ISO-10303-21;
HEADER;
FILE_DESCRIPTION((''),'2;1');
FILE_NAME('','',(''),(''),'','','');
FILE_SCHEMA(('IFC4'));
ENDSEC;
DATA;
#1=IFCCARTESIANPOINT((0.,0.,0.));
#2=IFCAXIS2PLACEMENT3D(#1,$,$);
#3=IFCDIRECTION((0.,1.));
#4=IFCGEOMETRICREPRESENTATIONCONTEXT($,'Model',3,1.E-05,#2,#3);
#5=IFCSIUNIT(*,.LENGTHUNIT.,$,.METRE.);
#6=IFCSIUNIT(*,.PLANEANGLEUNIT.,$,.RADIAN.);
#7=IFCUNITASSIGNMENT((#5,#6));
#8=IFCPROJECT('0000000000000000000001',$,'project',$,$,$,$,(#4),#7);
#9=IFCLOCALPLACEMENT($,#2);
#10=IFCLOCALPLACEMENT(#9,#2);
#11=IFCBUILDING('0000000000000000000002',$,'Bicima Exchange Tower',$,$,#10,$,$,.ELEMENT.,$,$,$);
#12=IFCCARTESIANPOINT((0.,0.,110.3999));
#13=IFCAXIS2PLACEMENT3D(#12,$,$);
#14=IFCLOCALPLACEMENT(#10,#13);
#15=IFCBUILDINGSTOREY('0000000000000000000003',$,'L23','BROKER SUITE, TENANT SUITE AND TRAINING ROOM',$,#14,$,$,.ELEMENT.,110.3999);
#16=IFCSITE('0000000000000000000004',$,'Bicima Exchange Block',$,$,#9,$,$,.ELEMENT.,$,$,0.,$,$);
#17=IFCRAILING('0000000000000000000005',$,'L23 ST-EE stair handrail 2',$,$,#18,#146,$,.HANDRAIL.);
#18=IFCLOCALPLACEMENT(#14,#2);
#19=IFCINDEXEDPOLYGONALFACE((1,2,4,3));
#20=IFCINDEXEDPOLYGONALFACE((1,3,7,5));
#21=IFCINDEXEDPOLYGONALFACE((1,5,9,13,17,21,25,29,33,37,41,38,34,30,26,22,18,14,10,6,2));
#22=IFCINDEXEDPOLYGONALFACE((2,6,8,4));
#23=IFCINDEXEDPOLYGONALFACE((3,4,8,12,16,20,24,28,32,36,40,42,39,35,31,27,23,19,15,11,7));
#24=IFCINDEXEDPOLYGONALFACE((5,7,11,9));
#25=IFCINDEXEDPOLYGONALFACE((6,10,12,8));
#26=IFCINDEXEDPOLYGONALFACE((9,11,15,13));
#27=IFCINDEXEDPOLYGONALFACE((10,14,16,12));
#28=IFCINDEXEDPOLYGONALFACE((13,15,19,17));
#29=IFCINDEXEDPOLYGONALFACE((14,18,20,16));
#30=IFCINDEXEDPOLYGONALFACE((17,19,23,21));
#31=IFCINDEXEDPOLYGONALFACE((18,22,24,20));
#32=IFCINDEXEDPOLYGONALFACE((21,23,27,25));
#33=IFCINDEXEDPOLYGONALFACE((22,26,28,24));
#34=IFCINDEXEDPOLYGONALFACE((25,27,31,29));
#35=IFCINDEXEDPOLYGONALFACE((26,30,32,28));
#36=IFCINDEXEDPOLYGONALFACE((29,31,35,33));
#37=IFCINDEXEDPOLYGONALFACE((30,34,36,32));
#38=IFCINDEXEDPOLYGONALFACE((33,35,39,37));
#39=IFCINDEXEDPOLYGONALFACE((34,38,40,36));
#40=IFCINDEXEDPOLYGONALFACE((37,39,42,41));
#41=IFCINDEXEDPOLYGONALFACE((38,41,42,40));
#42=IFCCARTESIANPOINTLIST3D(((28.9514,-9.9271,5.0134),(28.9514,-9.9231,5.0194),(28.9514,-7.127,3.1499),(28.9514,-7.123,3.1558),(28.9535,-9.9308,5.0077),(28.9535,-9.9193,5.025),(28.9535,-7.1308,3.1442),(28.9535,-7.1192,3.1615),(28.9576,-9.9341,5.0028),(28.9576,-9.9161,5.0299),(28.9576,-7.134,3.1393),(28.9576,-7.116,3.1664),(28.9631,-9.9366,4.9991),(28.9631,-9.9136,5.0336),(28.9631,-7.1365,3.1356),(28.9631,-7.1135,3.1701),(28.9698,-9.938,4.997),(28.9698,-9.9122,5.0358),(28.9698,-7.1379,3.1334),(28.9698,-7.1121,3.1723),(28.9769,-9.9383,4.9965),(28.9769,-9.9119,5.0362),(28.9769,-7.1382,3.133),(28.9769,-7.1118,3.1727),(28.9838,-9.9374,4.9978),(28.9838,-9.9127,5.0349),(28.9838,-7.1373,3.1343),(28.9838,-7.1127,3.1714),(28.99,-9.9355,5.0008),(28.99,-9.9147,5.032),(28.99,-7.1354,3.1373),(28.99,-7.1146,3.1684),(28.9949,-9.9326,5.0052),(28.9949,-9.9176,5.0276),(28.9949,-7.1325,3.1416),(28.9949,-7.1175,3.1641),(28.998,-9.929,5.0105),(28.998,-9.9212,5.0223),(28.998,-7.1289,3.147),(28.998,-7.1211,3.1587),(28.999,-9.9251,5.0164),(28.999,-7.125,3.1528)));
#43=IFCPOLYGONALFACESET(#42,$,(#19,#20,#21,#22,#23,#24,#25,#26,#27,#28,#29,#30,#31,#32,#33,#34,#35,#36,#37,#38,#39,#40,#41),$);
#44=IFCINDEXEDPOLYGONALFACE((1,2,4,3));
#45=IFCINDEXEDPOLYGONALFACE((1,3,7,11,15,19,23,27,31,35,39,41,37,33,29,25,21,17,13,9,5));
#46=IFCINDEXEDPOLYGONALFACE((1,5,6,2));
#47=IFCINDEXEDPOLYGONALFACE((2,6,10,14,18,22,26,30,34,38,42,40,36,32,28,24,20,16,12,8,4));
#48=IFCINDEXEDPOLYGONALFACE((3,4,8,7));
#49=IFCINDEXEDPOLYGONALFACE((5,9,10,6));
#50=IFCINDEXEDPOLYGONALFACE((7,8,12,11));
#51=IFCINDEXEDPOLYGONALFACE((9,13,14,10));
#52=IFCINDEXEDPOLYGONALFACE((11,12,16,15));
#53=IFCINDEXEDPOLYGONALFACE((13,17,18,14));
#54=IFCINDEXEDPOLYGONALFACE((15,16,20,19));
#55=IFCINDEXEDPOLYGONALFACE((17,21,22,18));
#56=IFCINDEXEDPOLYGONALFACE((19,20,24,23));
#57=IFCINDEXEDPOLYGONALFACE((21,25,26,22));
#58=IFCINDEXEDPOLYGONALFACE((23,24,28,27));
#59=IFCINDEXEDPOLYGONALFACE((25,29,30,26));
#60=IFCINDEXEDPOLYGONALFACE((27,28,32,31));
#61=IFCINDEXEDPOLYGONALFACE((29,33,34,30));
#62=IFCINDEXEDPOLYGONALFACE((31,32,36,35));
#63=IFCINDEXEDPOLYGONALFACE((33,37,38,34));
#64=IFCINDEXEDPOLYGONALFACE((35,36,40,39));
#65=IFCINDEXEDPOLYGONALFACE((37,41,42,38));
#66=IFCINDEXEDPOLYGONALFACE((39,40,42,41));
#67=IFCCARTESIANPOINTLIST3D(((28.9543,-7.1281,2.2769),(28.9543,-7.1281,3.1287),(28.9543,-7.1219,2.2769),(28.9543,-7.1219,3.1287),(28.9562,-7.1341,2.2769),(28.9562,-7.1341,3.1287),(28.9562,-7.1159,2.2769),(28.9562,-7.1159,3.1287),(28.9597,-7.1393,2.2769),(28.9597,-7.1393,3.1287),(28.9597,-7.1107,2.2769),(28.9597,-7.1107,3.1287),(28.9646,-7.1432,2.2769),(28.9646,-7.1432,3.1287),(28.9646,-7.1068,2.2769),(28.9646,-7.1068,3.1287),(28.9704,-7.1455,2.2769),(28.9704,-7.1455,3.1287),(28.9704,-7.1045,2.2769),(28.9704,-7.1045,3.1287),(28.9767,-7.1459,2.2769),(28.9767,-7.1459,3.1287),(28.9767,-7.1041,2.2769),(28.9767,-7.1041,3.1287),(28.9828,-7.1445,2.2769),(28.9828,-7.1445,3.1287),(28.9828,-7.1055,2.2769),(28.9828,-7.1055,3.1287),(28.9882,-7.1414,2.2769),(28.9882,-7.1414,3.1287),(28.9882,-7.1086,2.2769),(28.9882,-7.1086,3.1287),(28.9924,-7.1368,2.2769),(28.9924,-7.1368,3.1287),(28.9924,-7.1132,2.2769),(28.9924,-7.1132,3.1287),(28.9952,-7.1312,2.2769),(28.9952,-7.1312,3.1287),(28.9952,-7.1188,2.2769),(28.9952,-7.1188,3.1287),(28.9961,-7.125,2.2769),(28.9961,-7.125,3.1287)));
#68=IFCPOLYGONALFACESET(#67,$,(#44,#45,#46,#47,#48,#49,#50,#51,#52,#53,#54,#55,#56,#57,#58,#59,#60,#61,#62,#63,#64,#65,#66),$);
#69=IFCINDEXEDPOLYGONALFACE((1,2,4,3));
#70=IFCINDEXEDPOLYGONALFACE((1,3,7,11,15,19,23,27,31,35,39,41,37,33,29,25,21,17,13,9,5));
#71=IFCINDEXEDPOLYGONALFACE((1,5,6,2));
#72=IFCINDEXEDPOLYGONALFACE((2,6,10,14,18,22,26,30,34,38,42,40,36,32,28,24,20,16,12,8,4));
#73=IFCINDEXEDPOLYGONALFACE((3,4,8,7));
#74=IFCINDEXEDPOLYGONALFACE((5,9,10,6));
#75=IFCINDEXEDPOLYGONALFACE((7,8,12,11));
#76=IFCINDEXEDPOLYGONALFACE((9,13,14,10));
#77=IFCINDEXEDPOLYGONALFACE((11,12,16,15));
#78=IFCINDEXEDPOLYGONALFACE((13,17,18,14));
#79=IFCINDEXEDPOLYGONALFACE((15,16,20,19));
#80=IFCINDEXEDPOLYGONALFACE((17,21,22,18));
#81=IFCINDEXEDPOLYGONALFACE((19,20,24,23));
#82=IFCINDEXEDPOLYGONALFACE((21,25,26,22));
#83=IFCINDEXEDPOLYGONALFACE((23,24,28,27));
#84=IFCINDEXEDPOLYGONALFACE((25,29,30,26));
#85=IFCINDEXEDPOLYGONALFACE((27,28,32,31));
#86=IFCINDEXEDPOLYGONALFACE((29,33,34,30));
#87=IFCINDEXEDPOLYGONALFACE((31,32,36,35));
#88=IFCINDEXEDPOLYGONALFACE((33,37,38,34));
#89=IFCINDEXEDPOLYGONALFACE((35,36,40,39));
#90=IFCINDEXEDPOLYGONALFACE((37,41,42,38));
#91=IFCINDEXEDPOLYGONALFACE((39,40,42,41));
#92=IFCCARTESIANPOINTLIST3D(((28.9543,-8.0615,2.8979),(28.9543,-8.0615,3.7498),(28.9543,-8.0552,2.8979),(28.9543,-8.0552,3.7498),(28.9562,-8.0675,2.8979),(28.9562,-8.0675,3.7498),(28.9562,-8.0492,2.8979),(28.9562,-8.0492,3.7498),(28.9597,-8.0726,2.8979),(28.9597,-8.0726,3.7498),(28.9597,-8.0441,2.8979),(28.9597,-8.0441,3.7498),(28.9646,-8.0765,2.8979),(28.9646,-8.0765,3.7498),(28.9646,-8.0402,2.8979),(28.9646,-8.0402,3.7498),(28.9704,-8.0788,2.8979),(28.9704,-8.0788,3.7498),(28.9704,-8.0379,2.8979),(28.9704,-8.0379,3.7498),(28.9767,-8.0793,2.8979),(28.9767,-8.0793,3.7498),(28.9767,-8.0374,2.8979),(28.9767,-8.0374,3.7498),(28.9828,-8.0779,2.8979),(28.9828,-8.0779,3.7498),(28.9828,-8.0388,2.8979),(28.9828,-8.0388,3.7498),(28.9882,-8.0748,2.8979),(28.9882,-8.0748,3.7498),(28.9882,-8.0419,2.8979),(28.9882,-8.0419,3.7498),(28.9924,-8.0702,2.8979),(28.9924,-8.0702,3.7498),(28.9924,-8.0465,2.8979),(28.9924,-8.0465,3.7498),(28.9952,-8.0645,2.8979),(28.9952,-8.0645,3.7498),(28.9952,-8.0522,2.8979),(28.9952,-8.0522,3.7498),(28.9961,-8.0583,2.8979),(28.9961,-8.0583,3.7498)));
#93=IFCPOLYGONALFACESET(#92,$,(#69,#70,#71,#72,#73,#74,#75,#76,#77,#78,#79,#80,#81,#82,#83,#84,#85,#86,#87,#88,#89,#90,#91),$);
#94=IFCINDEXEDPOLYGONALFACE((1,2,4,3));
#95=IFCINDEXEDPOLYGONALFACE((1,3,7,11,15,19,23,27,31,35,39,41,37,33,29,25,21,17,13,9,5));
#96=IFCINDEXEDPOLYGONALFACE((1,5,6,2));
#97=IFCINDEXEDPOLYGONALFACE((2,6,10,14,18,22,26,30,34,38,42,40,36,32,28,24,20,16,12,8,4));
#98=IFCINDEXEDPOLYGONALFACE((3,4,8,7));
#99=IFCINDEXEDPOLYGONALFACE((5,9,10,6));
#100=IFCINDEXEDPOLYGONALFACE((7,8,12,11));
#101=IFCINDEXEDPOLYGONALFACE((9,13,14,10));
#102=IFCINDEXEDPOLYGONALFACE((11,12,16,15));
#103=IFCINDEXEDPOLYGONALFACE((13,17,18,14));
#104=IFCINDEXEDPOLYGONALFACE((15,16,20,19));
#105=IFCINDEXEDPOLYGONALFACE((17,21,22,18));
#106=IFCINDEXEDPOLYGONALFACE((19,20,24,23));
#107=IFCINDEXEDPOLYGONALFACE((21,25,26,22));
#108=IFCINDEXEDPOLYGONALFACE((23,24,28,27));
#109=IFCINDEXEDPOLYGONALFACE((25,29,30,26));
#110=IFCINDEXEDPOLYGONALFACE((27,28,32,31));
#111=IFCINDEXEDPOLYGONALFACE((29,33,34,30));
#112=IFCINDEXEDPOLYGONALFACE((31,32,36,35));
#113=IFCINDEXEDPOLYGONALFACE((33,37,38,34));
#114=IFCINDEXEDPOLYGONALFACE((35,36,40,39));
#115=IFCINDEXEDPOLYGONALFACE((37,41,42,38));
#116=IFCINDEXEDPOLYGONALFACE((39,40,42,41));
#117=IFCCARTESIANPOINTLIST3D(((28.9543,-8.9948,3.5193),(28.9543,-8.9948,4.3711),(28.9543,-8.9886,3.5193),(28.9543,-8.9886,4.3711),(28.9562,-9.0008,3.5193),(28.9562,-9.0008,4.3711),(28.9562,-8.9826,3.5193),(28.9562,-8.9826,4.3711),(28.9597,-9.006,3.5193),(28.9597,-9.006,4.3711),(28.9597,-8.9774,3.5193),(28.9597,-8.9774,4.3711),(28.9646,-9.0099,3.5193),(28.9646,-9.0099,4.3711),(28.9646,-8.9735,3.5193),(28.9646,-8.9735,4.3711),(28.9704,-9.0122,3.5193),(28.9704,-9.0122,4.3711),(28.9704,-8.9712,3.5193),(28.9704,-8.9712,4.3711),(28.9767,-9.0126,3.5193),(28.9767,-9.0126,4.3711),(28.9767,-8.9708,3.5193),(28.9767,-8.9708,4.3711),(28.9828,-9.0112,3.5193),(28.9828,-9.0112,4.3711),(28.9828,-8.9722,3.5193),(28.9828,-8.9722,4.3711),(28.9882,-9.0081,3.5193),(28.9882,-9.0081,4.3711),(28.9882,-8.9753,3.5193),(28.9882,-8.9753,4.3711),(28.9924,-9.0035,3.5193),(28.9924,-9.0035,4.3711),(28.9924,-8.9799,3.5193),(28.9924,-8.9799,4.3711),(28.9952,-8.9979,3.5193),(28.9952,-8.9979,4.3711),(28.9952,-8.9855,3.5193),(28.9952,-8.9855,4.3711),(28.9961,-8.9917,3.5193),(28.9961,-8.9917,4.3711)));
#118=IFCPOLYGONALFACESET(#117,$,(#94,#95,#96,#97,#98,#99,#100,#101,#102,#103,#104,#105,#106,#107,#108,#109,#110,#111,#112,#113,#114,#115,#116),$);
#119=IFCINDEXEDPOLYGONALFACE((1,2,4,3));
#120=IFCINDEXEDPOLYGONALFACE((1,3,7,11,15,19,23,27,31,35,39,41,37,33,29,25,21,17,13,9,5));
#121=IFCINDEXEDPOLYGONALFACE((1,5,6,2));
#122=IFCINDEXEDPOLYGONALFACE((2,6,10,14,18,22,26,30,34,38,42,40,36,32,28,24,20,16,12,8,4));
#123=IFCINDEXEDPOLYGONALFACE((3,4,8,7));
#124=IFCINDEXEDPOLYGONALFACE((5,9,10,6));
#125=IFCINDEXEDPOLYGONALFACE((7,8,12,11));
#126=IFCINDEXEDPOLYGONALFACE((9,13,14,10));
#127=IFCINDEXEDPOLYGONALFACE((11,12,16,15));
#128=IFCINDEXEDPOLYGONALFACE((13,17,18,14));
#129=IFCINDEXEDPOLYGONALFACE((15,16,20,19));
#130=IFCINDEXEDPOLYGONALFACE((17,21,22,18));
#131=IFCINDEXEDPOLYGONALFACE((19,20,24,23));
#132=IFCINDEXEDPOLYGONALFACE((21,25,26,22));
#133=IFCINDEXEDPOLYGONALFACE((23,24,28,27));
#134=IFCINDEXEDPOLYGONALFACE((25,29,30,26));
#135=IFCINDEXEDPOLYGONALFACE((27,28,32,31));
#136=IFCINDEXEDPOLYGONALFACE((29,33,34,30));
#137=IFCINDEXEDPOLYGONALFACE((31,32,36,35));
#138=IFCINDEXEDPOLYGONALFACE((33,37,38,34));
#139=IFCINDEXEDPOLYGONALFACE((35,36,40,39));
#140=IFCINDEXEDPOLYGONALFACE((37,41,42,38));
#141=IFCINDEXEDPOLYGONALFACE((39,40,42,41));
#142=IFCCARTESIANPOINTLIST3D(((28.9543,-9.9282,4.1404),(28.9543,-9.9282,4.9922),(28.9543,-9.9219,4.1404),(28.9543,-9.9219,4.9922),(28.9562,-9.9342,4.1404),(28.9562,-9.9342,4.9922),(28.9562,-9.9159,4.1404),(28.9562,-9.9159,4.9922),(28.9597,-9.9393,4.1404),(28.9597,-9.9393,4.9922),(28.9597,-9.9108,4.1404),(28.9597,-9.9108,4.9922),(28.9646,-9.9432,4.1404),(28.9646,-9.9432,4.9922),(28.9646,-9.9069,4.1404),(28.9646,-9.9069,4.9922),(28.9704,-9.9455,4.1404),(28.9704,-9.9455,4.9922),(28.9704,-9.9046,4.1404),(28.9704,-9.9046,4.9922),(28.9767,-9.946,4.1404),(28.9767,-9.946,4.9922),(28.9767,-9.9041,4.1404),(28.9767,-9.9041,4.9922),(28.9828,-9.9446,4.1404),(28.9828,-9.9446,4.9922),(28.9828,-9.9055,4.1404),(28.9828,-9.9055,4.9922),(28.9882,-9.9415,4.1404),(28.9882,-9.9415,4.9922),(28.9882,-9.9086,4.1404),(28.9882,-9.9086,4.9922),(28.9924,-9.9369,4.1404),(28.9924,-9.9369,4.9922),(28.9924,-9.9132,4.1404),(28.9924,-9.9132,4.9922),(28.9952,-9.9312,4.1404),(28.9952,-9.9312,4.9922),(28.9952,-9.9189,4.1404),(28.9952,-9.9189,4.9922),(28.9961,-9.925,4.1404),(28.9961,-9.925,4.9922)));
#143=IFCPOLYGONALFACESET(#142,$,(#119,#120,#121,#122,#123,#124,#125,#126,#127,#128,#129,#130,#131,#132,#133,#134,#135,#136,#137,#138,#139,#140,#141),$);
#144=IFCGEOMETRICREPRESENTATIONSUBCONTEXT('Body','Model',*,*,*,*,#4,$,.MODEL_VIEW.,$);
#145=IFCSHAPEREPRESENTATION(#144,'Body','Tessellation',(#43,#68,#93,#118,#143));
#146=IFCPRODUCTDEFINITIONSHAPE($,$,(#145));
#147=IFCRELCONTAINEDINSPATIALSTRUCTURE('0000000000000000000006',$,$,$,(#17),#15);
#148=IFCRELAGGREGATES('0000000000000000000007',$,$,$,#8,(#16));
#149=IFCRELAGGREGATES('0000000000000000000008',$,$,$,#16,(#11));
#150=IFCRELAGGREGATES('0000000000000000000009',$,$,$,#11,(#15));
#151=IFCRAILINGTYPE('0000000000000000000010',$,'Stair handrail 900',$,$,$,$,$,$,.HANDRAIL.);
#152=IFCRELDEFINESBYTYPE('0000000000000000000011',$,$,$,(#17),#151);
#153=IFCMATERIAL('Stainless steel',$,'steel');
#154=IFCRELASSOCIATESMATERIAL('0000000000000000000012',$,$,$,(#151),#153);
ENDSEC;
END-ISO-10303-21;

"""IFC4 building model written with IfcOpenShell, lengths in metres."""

from ifc_helpers import new_model, si_unit, direction, frame, origin, origin_2d, place, context, subcontext, project, spatial, circle, extrude, material, type_object, element, save


model = new_model("IFC4")

# Units and contexts
model_context = context("Model", 3, precision=1e-05, world=origin(), true_north=direction((0.0, 1.0)))
body_context = subcontext(model_context, "Body", "Model", "MODEL_VIEW")
ifc_project = project(units=[si_unit("LENGTHUNIT", "METRE"), si_unit("PLANEANGLEUNIT", "RADIAN")], contexts=[model_context])

# Site, building, storey
site_placement = place(None, origin())
site = spatial("IfcSite", under=ifc_project, at=site_placement, Name="Bicima Exchange Block", CompositionType="ELEMENT", RefElevation=0.0)
building_placement = place(site_placement, origin())
building = spatial("IfcBuilding", under=site, at=building_placement, Name="Bicima Exchange Tower", CompositionType="ELEMENT")
storey_placement = place(building_placement, frame((0.0, 0.0, 110.3999)))
storey = spatial("IfcBuildingStorey", under=building, at=storey_placement, Name="L23", Description="BROKER SUITE, TENANT SUITE AND TRAINING ROOM", CompositionType="ELEMENT", Elevation=110.3999)

# Railing
ifc_material_1 = material(Name="Stainless steel", Category="steel")
railing_type_1 = type_object("IfcRailingType", Name="Stair handrail 900", PredefinedType="HANDRAIL", material=ifc_material_1)
railing_1_placement = place(storey_placement, frame((28.9751, -7.125, 2.2769)))
element("IfcRailing", 1, at=railing_1_placement, inside=storey, type_object=railing_type_1, Name="L23 ST-EE stair handrail 2", PredefinedType="HANDRAIL", context=body_context, shape_type="SweptSolid", body=[
    extrude(circle(Radius=0.0239, at=origin_2d()), frame((0.0, 0.0, 0.876), z_axis=(0.0, -0.832486, 0.554047), x_axis=(1.0, 0.0, 0.0)), (0.0, 0.0, 1.0), 3.3635),
    extrude(circle(Radius=0.021, at=origin_2d()), origin(), (0.0, 0.0, 1.0), 0.8518),
    extrude(circle(Radius=0.021, at=origin_2d()), frame((0.0, -0.9333, 0.6211)), (0.0, 0.0, 1.0), 0.8518),
    extrude(circle(Radius=0.021, at=origin_2d()), frame((0.0, -1.8667, 1.2424)), (0.0, 0.0, 1.0), 0.8518),
    extrude(circle(Radius=0.021, at=origin_2d()), frame((0.0, -2.8, 1.8635)), (0.0, 0.0, 1.0), 0.8518),
])

save(model, "model.ifc")
